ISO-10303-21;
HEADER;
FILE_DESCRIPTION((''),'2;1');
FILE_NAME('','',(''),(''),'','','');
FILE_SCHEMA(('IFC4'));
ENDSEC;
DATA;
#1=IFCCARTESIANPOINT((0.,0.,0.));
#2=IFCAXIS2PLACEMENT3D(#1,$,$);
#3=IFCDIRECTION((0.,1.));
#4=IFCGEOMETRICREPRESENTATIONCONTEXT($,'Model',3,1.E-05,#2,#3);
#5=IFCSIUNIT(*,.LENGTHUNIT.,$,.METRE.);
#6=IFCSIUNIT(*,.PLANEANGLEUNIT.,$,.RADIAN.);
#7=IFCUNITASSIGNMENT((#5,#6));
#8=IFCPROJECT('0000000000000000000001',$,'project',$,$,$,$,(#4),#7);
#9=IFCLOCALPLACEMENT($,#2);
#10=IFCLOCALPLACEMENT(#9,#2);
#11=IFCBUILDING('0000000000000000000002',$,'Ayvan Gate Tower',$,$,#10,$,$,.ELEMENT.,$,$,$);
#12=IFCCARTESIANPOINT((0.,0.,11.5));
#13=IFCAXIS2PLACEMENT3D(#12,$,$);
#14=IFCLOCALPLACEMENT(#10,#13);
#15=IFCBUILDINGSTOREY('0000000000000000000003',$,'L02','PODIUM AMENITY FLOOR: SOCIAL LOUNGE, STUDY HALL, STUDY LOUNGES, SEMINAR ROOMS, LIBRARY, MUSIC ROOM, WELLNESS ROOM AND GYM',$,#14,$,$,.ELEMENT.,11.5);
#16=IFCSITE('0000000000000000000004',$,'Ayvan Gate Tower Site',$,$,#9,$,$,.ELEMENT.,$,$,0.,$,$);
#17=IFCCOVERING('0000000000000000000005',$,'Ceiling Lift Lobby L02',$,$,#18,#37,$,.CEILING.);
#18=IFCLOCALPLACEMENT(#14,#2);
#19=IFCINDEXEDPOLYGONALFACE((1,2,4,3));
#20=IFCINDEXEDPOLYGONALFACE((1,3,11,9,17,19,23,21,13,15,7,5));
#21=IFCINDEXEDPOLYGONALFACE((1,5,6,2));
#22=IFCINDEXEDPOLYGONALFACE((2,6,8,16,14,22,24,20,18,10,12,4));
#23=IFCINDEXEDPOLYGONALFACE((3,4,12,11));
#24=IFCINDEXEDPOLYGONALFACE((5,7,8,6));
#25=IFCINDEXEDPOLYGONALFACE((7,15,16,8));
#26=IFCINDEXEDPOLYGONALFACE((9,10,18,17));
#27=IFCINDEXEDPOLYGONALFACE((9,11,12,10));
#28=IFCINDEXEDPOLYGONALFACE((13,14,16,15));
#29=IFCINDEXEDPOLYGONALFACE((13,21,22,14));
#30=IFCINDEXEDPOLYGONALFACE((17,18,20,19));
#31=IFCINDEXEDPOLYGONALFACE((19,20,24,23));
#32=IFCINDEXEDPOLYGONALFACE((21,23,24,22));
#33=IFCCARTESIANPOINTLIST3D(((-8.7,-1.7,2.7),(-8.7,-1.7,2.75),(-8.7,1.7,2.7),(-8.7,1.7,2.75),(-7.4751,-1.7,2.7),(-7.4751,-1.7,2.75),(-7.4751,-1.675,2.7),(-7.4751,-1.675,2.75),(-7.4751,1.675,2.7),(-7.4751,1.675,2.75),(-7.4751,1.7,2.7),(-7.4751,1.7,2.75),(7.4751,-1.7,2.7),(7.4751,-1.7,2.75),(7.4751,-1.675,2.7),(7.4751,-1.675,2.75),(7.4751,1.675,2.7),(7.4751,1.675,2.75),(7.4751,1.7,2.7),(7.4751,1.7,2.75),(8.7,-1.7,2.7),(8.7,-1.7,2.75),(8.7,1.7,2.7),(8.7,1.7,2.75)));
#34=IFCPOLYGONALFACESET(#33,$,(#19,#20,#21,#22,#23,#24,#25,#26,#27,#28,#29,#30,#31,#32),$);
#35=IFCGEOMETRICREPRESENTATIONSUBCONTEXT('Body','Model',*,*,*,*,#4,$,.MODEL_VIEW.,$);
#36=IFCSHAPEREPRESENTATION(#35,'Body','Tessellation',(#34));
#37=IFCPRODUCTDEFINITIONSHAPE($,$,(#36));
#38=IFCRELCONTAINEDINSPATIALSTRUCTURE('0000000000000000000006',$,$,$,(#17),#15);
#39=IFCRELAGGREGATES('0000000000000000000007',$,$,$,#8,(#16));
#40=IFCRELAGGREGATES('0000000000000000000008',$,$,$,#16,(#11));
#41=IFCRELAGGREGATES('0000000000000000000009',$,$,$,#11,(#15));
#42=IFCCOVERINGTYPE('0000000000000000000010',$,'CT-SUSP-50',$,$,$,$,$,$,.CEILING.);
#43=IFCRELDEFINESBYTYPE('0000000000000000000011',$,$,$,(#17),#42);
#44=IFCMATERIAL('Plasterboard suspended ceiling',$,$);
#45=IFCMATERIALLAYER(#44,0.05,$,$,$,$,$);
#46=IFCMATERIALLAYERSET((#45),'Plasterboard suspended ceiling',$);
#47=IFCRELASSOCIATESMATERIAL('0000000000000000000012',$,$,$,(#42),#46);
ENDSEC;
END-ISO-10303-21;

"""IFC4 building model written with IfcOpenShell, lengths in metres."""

from ifc_helpers import new_model, si_unit, direction, frame, origin, place, context, subcontext, project, spatial, polyline, outline, extrude, material, layer, layer_set, type_object, element, save


model = new_model("IFC4")

# Units and contexts
model_context = context("Model", 3, precision=1e-05, world=origin(), true_north=direction((0.0, 1.0)))
body_context = subcontext(model_context, "Body", "Model", "MODEL_VIEW")
ifc_project = project(units=[si_unit("LENGTHUNIT", "METRE"), si_unit("PLANEANGLEUNIT", "RADIAN")], contexts=[model_context])

# Site, building, storey
site_placement = place(None, origin())
site = spatial("IfcSite", under=ifc_project, at=site_placement, Name="Ayvan Gate Tower Site", CompositionType="ELEMENT", RefElevation=0.0)
building_placement = place(site_placement, origin())
building = spatial("IfcBuilding", under=site, at=building_placement, Name="Ayvan Gate Tower", CompositionType="ELEMENT")
storey_placement = place(building_placement, frame((0.0, 0.0, 11.5)))
storey = spatial("IfcBuildingStorey", under=building, at=storey_placement, Name="L02", Description="PODIUM AMENITY FLOOR: SOCIAL LOUNGE, STUDY HALL, STUDY LOUNGES, SEMINAR ROOMS, LIBRARY, MUSIC ROOM, WELLNESS ROOM AND GYM", CompositionType="ELEMENT", Elevation=11.5)

# Covering
ifc_material_1 = material(Name="Plasterboard suspended ceiling")
ifc_layer_1 = layer(ifc_material_1, 0.05)
ifc_layer_set_1 = layer_set([ifc_layer_1], Name="Plasterboard suspended ceiling")
covering_type = type_object("IfcCoveringType", Name="CT-SUSP-50", PredefinedType="CEILING", material=ifc_layer_set_1)
covering_placement = place(storey_placement, frame((0.0, 0.0, 2.7)))
element("IfcCovering", 1, at=covering_placement, inside=storey, type_object=covering_type, Name="Ceiling Lift Lobby L02", PredefinedType="CEILING", context=body_context, shape_type="SweptSolid", body=[
    extrude(outline(polyline([(7.4751, -1.675), (-7.4751, -1.675), (-7.4751, -1.7), (-8.7, -1.7), (-8.7, 1.7), (-7.4751, 1.7), (-7.4751, 1.675), (7.4751, 1.675), (7.4751, 1.7), (8.7, 1.7), (8.7, -1.7), (7.4751, -1.7), (7.4751, -1.675)])), origin(), (0.0, 0.0, 1.0), 0.05),
])

save(model, "model.ifc")
